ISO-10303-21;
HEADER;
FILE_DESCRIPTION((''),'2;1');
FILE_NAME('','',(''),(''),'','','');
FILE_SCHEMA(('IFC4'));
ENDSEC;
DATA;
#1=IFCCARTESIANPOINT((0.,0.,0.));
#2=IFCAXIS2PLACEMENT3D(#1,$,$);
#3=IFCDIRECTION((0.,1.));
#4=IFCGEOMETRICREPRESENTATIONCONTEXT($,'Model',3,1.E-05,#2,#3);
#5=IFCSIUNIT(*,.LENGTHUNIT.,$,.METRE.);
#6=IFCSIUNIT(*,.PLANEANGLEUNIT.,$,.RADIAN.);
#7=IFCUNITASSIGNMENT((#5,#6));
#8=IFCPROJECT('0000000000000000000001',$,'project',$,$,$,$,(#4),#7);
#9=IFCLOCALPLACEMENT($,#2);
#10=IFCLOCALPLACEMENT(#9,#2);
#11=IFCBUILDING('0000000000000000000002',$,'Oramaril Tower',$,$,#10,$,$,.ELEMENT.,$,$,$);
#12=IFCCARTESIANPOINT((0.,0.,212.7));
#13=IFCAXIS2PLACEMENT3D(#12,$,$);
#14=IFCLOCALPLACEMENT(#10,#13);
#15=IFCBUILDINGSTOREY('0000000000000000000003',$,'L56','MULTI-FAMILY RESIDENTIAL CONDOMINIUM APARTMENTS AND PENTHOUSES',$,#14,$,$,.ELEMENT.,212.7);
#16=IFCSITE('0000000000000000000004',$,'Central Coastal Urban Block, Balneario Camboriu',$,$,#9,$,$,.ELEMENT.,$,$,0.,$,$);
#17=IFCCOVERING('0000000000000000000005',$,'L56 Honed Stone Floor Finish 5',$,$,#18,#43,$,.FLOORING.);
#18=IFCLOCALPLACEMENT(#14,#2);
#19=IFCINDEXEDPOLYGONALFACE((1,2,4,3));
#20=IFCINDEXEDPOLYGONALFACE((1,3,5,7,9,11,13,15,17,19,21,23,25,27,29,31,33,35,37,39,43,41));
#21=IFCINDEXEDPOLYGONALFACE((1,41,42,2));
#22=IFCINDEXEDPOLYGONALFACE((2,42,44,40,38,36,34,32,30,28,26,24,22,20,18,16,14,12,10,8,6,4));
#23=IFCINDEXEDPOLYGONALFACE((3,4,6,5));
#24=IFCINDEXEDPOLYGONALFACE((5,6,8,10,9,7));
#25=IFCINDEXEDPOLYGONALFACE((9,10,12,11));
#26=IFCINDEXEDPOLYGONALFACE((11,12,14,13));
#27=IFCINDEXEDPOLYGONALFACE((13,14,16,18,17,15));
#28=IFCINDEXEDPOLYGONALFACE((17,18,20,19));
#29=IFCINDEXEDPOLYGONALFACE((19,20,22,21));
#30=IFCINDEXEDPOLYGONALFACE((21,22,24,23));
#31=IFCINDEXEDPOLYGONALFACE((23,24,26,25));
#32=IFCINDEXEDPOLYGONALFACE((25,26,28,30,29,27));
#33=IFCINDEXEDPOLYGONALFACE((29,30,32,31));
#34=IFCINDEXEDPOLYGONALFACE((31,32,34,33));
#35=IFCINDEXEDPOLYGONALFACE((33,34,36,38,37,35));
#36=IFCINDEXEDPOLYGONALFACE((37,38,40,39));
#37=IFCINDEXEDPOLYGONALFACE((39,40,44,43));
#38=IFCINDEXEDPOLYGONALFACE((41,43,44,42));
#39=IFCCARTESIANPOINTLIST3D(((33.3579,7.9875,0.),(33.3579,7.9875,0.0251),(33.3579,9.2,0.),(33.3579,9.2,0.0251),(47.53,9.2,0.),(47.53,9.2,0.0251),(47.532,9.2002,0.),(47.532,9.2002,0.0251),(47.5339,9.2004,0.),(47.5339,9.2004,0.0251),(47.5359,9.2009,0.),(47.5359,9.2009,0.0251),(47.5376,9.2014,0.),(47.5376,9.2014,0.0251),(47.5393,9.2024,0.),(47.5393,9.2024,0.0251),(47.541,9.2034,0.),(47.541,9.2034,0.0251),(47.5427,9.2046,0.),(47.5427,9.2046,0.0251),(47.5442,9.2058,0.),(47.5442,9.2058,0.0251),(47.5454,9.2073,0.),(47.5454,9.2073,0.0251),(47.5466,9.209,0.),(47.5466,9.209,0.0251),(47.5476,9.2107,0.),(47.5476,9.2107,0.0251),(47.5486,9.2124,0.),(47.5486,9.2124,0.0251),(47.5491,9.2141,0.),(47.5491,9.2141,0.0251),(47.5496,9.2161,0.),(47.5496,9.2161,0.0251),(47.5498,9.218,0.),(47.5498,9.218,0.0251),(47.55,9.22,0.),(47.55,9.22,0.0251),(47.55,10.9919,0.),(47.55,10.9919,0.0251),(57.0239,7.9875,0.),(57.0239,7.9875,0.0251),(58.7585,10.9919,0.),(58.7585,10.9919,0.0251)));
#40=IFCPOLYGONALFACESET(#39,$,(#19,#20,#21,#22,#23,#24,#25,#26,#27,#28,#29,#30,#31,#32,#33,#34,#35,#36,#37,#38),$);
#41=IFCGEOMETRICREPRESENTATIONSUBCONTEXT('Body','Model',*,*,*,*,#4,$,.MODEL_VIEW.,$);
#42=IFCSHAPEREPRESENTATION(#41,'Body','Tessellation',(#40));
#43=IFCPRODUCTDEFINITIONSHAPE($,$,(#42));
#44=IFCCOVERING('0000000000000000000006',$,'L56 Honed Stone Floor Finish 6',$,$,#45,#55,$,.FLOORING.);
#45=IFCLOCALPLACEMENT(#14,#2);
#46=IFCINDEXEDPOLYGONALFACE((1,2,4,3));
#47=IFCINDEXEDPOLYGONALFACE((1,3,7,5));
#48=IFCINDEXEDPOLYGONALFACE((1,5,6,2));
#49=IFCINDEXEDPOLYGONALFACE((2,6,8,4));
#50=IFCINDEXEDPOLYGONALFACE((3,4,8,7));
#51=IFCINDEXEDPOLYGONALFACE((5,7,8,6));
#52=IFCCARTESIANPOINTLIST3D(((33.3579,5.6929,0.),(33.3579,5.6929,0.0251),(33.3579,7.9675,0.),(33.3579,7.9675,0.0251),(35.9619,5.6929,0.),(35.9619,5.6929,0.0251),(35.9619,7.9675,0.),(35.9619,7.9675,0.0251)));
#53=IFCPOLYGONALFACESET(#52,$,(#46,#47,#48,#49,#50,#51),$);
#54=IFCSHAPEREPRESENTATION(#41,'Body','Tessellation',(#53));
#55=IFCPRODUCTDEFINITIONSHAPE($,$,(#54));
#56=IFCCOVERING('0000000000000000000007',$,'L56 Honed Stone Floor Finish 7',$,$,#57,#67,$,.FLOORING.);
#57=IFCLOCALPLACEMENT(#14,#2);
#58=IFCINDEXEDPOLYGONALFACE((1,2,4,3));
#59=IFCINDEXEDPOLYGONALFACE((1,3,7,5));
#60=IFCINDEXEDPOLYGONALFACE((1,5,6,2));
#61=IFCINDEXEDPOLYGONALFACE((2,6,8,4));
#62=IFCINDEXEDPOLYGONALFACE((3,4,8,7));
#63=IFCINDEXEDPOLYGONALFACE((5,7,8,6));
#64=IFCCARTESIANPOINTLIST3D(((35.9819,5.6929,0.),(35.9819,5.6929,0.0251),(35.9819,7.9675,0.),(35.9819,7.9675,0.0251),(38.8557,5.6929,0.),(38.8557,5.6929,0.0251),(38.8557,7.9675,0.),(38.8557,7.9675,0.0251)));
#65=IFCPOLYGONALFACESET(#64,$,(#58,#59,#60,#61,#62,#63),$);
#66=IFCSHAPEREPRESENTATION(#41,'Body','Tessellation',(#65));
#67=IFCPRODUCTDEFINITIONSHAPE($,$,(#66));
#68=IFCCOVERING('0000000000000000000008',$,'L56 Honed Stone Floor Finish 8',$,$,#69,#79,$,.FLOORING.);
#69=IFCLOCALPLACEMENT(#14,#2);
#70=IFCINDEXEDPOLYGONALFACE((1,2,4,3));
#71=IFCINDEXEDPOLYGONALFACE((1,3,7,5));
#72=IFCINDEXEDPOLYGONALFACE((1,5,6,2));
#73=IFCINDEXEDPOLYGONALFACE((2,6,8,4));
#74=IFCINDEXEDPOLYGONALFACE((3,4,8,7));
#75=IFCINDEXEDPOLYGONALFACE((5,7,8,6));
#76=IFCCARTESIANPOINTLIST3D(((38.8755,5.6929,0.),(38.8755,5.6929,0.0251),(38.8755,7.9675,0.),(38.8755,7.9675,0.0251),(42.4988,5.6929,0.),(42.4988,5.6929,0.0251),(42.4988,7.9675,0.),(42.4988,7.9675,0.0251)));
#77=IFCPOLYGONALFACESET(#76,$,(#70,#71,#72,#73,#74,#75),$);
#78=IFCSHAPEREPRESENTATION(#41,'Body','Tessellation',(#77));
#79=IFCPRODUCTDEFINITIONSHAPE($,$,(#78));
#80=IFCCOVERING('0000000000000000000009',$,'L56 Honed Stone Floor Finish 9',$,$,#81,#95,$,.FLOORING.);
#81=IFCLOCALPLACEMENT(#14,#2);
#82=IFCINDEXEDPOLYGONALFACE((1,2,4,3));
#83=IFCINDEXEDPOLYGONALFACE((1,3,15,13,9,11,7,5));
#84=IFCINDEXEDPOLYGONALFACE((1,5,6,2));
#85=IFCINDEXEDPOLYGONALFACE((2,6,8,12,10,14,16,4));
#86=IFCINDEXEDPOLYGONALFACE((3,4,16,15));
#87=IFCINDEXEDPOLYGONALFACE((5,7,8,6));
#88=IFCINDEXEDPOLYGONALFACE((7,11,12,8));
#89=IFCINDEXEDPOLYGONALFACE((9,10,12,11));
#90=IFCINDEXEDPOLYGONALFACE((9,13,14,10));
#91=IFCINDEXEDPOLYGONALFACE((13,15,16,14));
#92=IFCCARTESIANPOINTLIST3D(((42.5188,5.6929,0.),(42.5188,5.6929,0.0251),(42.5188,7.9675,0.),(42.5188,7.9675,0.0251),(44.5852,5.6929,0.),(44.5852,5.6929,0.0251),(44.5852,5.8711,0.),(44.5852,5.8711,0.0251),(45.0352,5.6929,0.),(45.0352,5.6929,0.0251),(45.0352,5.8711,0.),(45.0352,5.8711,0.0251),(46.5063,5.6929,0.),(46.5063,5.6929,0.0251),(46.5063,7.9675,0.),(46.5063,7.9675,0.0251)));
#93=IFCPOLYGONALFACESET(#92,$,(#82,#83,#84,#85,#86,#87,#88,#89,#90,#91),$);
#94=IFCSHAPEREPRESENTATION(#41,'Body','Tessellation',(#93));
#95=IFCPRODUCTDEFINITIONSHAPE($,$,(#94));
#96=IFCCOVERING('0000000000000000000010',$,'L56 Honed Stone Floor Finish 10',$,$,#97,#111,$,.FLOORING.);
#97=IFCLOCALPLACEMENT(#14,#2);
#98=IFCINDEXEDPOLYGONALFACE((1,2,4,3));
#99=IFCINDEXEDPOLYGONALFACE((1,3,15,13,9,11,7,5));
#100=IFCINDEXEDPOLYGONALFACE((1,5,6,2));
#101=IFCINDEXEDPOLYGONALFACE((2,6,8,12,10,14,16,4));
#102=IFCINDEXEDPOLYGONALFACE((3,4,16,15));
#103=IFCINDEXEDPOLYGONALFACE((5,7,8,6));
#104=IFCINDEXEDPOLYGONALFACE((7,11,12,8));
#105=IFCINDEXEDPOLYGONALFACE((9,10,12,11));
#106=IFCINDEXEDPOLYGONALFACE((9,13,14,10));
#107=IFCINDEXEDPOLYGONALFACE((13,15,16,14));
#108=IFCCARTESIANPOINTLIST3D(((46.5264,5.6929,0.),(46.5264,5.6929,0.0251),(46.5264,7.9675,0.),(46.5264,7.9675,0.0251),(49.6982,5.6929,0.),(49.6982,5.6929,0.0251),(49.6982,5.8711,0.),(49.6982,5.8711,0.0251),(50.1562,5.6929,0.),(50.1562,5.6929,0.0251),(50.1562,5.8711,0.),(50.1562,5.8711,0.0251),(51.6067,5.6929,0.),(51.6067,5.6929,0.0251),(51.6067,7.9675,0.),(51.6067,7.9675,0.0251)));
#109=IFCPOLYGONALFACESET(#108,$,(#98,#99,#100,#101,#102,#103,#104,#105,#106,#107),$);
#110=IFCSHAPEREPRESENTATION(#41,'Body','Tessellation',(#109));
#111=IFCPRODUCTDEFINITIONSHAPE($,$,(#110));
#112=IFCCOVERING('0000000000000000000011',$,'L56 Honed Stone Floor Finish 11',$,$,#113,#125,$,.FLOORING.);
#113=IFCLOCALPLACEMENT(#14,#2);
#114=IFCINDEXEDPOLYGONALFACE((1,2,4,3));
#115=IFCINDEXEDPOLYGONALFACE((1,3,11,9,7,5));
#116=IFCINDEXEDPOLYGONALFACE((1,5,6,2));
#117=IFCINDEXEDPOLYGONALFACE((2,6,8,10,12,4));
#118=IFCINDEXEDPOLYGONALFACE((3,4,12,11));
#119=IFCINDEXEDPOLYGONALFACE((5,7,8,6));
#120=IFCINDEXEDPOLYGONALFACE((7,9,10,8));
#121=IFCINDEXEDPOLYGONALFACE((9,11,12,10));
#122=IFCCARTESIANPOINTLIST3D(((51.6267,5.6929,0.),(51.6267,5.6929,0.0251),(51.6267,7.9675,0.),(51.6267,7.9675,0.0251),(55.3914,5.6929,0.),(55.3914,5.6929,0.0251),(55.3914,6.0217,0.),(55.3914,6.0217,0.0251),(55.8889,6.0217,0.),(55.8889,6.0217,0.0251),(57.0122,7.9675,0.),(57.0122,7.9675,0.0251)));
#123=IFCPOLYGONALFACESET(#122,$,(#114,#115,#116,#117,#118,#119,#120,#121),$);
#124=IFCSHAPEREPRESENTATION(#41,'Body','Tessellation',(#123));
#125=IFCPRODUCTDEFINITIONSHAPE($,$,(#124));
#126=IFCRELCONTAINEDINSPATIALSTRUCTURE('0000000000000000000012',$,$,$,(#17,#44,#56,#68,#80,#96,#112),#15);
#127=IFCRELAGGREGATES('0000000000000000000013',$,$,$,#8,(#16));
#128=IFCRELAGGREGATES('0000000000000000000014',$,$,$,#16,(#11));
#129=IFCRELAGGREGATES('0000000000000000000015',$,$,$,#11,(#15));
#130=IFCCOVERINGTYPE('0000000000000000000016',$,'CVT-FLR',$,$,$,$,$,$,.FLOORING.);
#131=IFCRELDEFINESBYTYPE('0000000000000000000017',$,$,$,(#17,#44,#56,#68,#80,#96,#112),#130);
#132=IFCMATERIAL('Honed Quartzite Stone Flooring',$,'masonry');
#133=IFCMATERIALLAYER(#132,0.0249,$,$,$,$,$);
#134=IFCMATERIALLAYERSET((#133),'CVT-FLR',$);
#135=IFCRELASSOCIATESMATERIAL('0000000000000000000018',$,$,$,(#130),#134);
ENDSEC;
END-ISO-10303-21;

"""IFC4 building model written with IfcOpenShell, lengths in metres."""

from ifc_helpers import new_model, si_unit, direction, frame, origin, place, context, subcontext, project, spatial, polyline, outline, extrude, material, layer, layer_set, type_object, element, save


model = new_model("IFC4")

# Units and contexts
model_context = context("Model", 3, precision=1e-05, world=origin(), true_north=direction((0.0, 1.0)))
body_context = subcontext(model_context, "Body", "Model", "MODEL_VIEW")
ifc_project = project(units=[si_unit("LENGTHUNIT", "METRE"), si_unit("PLANEANGLEUNIT", "RADIAN")], contexts=[model_context])

# Site, building, storey
site_placement = place(None, origin())
site = spatial("IfcSite", under=ifc_project, at=site_placement, Name="Central Coastal Urban Block, Balneario Camboriu", CompositionType="ELEMENT", RefElevation=0.0)
building_placement = place(site_placement, origin())
building = spatial("IfcBuilding", under=site, at=building_placement, Name="Oramaril Tower", CompositionType="ELEMENT")
storey_placement = place(building_placement, frame((0.0, 0.0, 212.7)))
storey = spatial("IfcBuildingStorey", under=building, at=storey_placement, Name="L56", Description="MULTI-FAMILY RESIDENTIAL CONDOMINIUM APARTMENTS AND PENTHOUSES", CompositionType="ELEMENT", Elevation=212.7)

# Coverings
ifc_material_1 = material(Name="Honed Quartzite Stone Flooring", Category="masonry")
ifc_layer_1 = layer(ifc_material_1, 0.0249)
ifc_layer_set_1 = layer_set([ifc_layer_1], Name="CVT-FLR")
covering_type_1 = type_object("IfcCoveringType", Name="CVT-FLR", PredefinedType="FLOORING", material=ifc_layer_set_1)
covering_1_placement = place(storey_placement, origin())
element("IfcCovering", 1, at=covering_1_placement, inside=storey, type_object=covering_type_1, Name="L56 Honed Stone Floor Finish 5", PredefinedType="FLOORING", context=body_context, shape_type="SweptSolid", body=[
    extrude(outline(polyline([(58.7585, 10.9919), (57.0239, 7.9875), (33.3579, 7.9875), (33.3579, 9.2), (47.53, 9.2), (47.532, 9.2002), (47.5339, 9.2004), (47.5359, 9.2009), (47.5376, 9.2014), (47.5393, 9.2024), (47.541, 9.2034), (47.5427, 9.2046), (47.5442, 9.2058), (47.5454, 9.2073), (47.5466, 9.209), (47.5476, 9.2107), (47.5486, 9.2124), (47.5491, 9.2141), (47.5496, 9.2161), (47.5498, 9.218), (47.55, 9.22), (47.55, 10.9919), (58.7585, 10.9919)])), origin(), (0.0, 0.0, 1.0), 0.0251),
])
covering_2_placement = place(storey_placement, origin())
element("IfcCovering", 2, at=covering_2_placement, inside=storey, type_object=covering_type_1, Name="L56 Honed Stone Floor Finish 6", PredefinedType="FLOORING", context=body_context, shape_type="SweptSolid", body=[
    extrude(outline(polyline([(35.9619, 5.6929), (33.3579, 5.6929), (33.3579, 7.9675), (35.9619, 7.9675), (35.9619, 5.6929)])), origin(), (0.0, 0.0, 1.0), 0.0251),
])
covering_3_placement = place(storey_placement, origin())
element("IfcCovering", 3, at=covering_3_placement, inside=storey, type_object=covering_type_1, Name="L56 Honed Stone Floor Finish 7", PredefinedType="FLOORING", context=body_context, shape_type="SweptSolid", body=[
    extrude(outline(polyline([(35.9819, 5.6929), (35.9819, 7.9675), (38.8557, 7.9675), (38.8557, 5.6929), (35.9819, 5.6929)])), origin(), (0.0, 0.0, 1.0), 0.0251),
])
covering_4_placement = place(storey_placement, origin())
element("IfcCovering", 4, at=covering_4_placement, inside=storey, type_object=covering_type_1, Name="L56 Honed Stone Floor Finish 8", PredefinedType="FLOORING", context=body_context, shape_type="SweptSolid", body=[
    extrude(outline(polyline([(38.8755, 5.6929), (38.8755, 7.9675), (42.4988, 7.9675), (42.4988, 5.6929), (38.8755, 5.6929)])), origin(), (0.0, 0.0, 1.0), 0.0251),
])
covering_5_placement = place(storey_placement, origin())
element("IfcCovering", 5, at=covering_5_placement, inside=storey, type_object=covering_type_1, Name="L56 Honed Stone Floor Finish 9", PredefinedType="FLOORING", context=body_context, shape_type="SweptSolid", body=[
    extrude(outline(polyline([(45.0352, 5.6929), (45.0352, 5.8711), (44.5852, 5.8711), (44.5852, 5.6929), (42.5188, 5.6929), (42.5188, 7.9675), (46.5063, 7.9675), (46.5063, 5.6929), (45.0352, 5.6929)])), origin(), (0.0, 0.0, 1.0), 0.0251),
])
covering_6_placement = place(storey_placement, origin())
element("IfcCovering", 6, at=covering_6_placement, inside=storey, type_object=covering_type_1, Name="L56 Honed Stone Floor Finish 10", PredefinedType="FLOORING", context=body_context, shape_type="SweptSolid", body=[
    extrude(outline(polyline([(50.1562, 5.6929), (50.1562, 5.8711), (49.6982, 5.8711), (49.6982, 5.6929), (46.5264, 5.6929), (46.5264, 7.9675), (51.6067, 7.9675), (51.6067, 5.6929), (50.1562, 5.6929)])), origin(), (0.0, 0.0, 1.0), 0.0251),
])
covering_7_placement = place(storey_placement, origin())
element("IfcCovering", 7, at=covering_7_placement, inside=storey, type_object=covering_type_1, Name="L56 Honed Stone Floor Finish 11", PredefinedType="FLOORING", context=body_context, shape_type="SweptSolid", body=[
    extrude(outline(polyline([(55.3914, 6.0217), (55.3914, 5.6929), (51.6267, 5.6929), (51.6267, 7.9675), (57.0122, 7.9675), (55.8889, 6.0217), (55.3914, 6.0217)])), origin(), (0.0, 0.0, 1.0), 0.0251),
])

save(model, "model.ifc")
